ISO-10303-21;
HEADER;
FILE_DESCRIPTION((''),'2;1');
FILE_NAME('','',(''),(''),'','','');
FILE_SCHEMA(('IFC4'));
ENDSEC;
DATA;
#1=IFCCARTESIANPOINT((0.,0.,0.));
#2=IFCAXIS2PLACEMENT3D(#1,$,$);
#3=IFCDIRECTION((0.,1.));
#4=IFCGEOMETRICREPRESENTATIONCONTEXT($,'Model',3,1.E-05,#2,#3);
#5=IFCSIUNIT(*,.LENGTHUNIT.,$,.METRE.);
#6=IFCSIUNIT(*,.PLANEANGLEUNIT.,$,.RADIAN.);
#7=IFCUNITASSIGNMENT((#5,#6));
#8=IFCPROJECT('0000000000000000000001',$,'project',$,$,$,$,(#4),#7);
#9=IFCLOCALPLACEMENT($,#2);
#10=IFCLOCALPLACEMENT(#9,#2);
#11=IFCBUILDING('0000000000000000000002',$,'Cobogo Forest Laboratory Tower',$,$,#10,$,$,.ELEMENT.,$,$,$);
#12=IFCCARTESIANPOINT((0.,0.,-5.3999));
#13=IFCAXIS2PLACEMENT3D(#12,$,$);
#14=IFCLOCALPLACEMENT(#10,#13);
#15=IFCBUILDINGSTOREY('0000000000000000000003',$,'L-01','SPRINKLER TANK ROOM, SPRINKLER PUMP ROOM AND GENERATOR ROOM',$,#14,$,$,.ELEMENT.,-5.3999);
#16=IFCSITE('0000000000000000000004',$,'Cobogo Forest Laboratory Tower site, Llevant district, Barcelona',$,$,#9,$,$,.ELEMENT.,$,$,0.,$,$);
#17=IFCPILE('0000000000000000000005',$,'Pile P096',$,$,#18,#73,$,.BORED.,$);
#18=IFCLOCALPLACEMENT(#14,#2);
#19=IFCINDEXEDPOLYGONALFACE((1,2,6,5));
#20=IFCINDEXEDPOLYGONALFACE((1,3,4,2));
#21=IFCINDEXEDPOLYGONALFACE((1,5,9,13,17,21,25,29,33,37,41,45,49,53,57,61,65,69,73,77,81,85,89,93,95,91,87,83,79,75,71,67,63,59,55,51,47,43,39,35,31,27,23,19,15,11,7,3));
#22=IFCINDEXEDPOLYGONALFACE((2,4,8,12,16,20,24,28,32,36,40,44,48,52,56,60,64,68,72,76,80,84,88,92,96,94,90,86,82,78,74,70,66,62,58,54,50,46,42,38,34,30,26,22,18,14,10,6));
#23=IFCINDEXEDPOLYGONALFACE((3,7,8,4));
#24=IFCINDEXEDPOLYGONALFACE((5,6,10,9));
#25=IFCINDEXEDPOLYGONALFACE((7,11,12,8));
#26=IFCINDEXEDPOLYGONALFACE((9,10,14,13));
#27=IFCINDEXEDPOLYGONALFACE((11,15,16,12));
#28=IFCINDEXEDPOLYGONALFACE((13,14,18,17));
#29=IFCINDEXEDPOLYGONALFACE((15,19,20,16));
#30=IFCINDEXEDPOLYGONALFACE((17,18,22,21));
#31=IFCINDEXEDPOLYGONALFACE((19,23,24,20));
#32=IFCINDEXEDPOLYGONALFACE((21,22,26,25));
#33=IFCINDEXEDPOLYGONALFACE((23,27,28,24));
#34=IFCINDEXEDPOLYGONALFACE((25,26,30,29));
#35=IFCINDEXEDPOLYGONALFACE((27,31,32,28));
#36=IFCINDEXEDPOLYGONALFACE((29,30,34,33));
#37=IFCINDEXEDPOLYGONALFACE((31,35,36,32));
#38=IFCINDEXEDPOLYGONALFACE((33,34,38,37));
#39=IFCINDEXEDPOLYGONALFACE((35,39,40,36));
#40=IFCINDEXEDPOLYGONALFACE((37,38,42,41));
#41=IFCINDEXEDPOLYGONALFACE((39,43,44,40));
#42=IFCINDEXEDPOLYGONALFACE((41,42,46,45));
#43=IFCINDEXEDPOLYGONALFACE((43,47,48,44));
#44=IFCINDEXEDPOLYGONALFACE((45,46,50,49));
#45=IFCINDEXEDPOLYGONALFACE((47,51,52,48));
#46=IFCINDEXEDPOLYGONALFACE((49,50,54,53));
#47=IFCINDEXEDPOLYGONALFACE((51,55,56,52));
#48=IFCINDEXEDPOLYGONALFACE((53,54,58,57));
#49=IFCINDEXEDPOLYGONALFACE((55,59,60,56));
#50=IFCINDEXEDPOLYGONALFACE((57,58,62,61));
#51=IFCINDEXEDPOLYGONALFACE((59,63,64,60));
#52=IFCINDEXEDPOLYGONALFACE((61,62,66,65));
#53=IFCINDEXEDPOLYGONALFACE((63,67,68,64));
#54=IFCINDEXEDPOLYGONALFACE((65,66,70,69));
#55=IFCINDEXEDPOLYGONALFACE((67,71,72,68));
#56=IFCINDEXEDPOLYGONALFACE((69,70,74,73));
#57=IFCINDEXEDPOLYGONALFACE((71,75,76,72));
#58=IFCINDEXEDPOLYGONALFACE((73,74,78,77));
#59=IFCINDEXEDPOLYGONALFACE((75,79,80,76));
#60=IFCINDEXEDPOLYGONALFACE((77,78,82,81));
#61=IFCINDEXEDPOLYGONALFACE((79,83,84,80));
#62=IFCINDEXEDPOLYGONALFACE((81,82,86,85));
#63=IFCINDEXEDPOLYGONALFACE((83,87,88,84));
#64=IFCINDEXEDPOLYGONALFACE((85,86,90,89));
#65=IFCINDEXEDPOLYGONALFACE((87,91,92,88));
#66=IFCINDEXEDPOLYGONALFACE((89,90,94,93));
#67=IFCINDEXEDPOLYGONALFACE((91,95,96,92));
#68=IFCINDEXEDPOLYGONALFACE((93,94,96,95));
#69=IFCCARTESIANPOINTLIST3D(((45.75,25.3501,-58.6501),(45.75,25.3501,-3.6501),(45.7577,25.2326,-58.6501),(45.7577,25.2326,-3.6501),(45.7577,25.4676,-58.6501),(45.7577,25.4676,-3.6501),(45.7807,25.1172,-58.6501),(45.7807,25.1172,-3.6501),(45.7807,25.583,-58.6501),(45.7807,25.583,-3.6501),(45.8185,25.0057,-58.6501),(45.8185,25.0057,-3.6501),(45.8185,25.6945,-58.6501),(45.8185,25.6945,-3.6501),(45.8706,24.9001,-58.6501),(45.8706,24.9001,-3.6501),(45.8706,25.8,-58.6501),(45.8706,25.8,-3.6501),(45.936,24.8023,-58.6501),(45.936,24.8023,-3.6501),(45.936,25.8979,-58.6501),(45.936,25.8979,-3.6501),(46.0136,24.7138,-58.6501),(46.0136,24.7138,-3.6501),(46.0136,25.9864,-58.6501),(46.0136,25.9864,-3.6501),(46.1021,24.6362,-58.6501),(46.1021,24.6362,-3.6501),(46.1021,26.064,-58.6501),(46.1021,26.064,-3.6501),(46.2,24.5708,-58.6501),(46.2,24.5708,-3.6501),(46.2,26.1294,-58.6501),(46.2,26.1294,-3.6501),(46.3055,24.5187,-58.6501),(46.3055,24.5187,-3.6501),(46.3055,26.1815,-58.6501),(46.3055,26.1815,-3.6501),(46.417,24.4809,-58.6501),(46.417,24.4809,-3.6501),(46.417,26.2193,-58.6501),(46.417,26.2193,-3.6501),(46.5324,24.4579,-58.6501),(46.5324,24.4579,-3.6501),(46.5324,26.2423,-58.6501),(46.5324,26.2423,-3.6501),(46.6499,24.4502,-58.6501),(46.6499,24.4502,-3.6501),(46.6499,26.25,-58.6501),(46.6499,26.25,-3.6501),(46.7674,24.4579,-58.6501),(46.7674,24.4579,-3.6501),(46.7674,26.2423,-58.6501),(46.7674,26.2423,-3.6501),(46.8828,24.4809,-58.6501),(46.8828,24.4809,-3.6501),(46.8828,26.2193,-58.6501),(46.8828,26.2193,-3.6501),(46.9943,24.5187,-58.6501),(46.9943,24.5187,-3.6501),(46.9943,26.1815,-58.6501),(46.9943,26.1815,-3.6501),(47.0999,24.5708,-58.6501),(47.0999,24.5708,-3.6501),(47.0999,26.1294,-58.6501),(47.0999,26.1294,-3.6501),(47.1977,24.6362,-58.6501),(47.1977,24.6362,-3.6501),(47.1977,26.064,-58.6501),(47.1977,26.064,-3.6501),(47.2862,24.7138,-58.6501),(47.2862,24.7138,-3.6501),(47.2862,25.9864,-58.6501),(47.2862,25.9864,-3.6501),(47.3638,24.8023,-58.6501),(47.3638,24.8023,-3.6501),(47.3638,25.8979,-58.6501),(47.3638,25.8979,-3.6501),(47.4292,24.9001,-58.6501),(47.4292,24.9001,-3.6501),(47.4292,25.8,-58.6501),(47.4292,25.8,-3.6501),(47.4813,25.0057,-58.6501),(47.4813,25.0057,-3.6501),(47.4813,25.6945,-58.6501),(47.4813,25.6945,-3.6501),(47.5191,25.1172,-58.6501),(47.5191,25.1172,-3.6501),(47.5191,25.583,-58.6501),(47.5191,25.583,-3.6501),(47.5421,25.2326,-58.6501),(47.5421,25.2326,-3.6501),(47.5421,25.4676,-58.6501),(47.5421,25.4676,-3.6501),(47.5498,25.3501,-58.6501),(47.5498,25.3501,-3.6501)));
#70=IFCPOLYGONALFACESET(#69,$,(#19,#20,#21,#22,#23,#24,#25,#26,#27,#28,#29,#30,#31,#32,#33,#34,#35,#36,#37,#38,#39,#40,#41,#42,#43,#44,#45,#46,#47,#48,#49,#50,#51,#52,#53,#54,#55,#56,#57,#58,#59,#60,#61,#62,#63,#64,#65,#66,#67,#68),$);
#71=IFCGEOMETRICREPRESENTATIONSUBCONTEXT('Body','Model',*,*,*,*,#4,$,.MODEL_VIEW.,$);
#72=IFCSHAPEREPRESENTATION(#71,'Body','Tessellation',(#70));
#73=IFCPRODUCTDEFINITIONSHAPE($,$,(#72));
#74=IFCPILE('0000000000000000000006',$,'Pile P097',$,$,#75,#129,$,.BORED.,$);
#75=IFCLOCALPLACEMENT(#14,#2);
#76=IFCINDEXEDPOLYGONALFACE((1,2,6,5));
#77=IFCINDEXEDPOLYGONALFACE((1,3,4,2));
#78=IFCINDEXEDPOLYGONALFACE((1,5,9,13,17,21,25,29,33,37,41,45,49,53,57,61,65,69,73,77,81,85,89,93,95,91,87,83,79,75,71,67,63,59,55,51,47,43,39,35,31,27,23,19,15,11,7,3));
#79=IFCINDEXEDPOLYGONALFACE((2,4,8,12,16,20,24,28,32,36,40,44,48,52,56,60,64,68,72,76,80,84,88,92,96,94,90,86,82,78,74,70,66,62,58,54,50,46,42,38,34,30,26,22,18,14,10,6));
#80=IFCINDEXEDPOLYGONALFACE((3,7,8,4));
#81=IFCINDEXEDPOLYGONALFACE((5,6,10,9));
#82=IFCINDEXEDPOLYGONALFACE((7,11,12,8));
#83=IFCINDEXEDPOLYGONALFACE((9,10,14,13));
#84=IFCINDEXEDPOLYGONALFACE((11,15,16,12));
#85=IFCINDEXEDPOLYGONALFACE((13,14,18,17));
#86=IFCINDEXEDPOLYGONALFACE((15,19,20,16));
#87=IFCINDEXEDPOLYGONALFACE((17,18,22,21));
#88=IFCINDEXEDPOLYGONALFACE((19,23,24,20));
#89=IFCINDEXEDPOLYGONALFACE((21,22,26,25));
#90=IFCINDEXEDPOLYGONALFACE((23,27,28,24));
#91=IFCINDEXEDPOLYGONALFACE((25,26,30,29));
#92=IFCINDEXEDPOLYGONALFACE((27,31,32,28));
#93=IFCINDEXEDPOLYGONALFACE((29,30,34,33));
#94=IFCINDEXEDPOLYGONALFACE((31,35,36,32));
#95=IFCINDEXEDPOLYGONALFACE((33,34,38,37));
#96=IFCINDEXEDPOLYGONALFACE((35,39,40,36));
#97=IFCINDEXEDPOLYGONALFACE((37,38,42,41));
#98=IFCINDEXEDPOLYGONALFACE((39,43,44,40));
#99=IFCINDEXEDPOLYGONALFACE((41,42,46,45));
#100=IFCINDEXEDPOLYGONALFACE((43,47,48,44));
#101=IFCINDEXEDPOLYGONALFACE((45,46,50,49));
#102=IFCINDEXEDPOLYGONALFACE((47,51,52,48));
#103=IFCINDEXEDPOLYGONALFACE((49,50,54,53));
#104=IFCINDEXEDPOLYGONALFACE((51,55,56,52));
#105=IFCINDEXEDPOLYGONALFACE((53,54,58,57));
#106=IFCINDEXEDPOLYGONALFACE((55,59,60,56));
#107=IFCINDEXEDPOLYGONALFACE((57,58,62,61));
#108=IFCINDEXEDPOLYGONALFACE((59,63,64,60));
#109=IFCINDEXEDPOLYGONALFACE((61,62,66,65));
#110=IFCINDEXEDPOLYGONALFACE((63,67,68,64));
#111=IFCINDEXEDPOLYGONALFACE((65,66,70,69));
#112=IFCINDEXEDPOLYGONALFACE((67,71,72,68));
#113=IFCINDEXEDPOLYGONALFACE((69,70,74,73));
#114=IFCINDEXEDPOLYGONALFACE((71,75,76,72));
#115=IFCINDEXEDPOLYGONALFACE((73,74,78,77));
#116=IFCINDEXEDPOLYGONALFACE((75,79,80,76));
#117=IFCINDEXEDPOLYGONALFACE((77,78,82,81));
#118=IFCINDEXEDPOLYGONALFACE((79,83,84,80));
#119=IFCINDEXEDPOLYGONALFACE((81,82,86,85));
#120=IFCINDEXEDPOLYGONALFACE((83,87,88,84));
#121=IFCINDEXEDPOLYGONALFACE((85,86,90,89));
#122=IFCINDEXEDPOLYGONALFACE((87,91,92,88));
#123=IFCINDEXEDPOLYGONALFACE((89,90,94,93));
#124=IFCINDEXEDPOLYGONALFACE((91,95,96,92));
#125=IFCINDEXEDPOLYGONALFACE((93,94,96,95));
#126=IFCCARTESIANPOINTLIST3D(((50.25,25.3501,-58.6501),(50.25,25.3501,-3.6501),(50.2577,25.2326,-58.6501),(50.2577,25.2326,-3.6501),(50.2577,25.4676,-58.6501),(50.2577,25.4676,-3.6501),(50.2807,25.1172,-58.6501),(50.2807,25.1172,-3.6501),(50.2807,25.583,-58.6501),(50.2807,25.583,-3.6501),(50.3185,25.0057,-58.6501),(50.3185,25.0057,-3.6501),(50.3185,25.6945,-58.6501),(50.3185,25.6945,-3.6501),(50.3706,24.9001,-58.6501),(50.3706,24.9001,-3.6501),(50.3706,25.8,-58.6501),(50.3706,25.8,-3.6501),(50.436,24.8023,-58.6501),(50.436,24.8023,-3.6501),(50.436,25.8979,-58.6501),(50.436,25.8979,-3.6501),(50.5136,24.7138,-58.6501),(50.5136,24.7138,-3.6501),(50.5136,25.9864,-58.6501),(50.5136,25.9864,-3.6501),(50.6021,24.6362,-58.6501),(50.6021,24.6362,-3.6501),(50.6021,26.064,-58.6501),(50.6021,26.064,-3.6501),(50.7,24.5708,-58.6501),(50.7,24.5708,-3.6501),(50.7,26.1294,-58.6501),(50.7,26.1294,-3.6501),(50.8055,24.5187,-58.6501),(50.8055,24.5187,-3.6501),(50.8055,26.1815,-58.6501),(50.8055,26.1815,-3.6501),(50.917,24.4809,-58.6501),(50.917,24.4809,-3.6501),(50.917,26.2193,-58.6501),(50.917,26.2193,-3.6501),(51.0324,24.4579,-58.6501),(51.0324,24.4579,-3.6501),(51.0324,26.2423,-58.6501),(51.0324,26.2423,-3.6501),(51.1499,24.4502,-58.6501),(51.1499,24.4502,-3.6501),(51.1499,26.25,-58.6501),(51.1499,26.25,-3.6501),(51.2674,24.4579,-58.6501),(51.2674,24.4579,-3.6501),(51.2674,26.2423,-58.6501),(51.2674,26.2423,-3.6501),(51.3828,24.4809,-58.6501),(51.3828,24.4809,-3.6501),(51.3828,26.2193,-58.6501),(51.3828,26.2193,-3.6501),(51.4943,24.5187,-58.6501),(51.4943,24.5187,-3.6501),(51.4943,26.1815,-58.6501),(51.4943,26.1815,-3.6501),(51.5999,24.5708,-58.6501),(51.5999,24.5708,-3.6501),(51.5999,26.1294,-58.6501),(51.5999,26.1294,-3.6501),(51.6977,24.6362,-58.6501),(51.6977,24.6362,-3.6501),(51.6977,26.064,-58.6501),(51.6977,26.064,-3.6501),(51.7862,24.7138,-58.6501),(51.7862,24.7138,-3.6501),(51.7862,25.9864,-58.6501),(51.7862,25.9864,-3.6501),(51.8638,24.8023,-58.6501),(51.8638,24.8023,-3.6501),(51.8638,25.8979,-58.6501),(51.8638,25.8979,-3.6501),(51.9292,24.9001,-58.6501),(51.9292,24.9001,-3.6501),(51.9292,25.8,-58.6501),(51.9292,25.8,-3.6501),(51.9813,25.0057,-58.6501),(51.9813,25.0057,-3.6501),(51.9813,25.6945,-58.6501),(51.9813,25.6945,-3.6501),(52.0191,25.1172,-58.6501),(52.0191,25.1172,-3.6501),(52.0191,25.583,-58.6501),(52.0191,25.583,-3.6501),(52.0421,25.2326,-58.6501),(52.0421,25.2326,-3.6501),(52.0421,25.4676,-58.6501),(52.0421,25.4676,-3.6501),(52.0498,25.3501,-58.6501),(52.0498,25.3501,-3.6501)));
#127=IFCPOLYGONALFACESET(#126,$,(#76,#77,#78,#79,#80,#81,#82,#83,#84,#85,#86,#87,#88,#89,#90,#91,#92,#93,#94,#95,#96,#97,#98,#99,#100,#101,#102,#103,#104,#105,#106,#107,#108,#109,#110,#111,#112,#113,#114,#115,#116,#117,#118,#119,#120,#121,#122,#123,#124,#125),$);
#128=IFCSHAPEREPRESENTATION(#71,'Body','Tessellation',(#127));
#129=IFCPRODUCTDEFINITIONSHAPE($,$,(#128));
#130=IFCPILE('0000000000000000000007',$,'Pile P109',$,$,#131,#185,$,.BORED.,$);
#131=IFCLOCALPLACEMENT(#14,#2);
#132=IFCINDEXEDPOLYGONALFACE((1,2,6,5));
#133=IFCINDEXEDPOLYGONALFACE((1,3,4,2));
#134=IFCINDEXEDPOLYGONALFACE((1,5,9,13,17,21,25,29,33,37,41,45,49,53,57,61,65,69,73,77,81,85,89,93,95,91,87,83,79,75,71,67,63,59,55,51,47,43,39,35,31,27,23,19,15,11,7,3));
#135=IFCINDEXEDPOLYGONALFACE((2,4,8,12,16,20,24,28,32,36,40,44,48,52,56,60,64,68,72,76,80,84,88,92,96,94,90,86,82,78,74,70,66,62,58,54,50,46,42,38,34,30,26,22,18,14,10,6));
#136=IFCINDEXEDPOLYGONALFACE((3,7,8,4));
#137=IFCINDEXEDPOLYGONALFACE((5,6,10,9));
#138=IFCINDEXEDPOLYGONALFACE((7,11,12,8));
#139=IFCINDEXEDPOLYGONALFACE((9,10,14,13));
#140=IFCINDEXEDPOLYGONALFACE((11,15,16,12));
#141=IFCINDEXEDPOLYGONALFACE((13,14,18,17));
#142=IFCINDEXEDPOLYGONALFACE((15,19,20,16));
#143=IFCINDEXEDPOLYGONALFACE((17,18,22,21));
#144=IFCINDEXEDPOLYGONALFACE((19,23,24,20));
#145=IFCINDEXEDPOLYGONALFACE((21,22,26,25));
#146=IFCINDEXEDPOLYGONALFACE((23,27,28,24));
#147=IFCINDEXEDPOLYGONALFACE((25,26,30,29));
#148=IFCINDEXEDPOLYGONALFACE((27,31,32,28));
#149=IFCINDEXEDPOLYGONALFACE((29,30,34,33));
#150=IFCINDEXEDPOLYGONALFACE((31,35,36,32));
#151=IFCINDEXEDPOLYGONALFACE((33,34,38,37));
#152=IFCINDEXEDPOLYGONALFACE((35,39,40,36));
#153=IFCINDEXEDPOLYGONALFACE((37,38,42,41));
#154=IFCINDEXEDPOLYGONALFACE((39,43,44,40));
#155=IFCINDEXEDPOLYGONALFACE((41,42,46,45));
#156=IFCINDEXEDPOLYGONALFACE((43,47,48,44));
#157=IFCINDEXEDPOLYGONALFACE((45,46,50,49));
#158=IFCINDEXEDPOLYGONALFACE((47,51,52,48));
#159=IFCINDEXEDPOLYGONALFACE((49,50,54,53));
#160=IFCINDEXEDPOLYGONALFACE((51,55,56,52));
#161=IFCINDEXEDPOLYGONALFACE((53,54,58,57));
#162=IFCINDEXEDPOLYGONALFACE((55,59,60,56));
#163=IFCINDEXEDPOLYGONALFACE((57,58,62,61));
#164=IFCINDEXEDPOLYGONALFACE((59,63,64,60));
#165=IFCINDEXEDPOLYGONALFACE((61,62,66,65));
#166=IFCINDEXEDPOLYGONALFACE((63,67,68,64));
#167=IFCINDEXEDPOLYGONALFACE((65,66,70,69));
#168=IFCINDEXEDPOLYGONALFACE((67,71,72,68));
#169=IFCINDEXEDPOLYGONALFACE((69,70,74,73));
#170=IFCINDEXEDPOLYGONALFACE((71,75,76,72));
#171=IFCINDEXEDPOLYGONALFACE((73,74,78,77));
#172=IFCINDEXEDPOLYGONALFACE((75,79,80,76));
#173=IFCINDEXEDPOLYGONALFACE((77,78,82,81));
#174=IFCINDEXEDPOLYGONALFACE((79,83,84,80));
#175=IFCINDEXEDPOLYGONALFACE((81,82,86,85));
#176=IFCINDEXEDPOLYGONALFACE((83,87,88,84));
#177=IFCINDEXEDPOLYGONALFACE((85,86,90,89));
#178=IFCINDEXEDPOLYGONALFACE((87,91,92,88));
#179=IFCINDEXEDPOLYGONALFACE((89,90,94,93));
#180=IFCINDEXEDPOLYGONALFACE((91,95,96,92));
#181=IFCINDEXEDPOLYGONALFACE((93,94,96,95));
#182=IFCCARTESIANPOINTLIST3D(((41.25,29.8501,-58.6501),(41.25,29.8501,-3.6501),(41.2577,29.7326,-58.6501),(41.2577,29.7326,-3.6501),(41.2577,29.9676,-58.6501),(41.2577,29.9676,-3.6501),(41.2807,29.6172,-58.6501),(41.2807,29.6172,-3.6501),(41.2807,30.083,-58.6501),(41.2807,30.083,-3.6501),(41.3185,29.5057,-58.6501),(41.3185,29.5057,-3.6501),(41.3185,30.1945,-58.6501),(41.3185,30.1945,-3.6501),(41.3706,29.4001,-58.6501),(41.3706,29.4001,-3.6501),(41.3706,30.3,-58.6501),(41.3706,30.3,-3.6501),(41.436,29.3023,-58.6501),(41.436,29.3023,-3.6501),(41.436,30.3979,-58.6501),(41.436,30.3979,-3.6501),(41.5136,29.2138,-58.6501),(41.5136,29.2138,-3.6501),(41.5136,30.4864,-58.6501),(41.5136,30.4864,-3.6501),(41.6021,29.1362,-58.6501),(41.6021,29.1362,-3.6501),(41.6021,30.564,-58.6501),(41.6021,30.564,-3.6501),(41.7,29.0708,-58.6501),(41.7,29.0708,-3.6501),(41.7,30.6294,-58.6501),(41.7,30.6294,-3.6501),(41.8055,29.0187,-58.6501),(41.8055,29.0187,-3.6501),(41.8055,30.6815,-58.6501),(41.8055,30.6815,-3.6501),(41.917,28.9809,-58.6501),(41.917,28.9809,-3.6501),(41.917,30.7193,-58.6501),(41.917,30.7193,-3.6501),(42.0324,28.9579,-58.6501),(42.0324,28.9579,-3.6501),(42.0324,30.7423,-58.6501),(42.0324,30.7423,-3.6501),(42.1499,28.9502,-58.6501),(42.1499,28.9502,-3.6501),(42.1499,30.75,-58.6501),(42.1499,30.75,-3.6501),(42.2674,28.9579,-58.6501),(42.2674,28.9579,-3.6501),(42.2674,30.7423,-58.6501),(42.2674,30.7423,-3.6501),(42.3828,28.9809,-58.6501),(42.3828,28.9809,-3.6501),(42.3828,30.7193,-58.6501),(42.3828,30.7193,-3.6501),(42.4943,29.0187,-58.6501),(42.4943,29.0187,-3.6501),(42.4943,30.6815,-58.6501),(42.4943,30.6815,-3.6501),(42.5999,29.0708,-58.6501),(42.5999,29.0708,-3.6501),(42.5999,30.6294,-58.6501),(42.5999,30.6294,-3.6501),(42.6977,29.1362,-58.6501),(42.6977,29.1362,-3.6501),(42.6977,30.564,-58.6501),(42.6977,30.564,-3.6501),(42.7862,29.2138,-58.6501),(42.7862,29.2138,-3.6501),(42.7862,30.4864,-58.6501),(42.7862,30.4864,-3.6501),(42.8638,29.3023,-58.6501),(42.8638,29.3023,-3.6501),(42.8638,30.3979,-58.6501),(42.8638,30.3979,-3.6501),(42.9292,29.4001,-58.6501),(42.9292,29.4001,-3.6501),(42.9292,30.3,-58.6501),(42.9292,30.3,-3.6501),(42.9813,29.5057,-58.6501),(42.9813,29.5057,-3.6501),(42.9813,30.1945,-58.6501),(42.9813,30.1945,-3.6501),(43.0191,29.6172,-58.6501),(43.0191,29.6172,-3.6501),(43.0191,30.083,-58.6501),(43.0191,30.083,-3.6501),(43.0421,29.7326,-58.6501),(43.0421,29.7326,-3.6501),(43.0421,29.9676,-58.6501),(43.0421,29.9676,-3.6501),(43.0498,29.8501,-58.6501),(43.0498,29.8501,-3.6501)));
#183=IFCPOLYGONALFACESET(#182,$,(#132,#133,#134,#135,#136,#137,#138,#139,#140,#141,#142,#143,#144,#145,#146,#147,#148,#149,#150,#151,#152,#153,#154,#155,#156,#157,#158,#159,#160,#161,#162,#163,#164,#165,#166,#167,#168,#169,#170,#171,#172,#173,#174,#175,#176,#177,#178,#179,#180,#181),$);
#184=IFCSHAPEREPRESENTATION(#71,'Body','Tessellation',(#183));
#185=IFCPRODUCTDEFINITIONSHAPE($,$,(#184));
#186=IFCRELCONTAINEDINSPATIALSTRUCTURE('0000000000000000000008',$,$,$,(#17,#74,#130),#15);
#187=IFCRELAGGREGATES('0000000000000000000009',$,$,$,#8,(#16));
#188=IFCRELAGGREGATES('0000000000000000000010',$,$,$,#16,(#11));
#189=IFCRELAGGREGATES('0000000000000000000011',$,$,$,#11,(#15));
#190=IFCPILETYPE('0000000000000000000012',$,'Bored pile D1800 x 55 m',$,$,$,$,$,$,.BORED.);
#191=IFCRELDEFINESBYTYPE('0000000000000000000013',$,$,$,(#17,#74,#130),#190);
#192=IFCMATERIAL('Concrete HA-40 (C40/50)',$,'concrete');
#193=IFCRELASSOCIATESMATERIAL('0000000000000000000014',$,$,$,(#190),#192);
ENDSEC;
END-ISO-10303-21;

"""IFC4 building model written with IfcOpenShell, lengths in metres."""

from ifc_helpers import new_model, si_unit, direction, frame, origin, origin_2d, place, context, subcontext, project, spatial, circle, extrude, material, material_profile, profile_set, type_object, element, save


model = new_model("IFC4")

# Units and contexts
model_context = context("Model", 3, precision=1e-05, world=origin(), true_north=direction((0.0, 1.0)))
body_context = subcontext(model_context, "Body", "Model", "MODEL_VIEW")
ifc_project = project(units=[si_unit("LENGTHUNIT", "METRE"), si_unit("PLANEANGLEUNIT", "RADIAN")], contexts=[model_context])

# Site, building, storey
site_placement = place(None, origin())
site = spatial("IfcSite", under=ifc_project, at=site_placement, Name="Cobogo Forest Laboratory Tower site, Llevant district, Barcelona", CompositionType="ELEMENT", RefElevation=0.0)
building_placement = place(site_placement, origin())
building = spatial("IfcBuilding", under=site, at=building_placement, Name="Cobogo Forest Laboratory Tower", CompositionType="ELEMENT")
storey_placement = place(building_placement, frame((0.0, 0.0, -5.3999)))
storey = spatial("IfcBuildingStorey", under=building, at=storey_placement, Name="L-01", Description="SPRINKLER TANK ROOM, SPRINKLER PUMP ROOM AND GENERATOR ROOM", CompositionType="ELEMENT", Elevation=-5.3999)

# Piles
ifc_material_1 = material(Name="Concrete HA-40 (C40/50)", Category="concrete")
ifc_material_profile_1 = material_profile(ifc_material_1, circle(Radius=0.8999, at=origin_2d()), Name="PILE D1800")
ifc_profile_set_1 = profile_set([ifc_material_profile_1], Name="Concrete HA-40 (C40/50)")
pile_type_1 = type_object("IfcPileType", Name="Bored pile D1800 x 55 m", PredefinedType="BORED", material=ifc_profile_set_1)
for number, where, z_axis, x_axis, name in (
    (1, (46.6499, 25.3501, -3.6501), (0.0, 0.0, -1.0), (1.0, 0.0, 0.0), "Pile P096"),
    (2, (51.1499, 25.3501, -3.6501), (0.0, 0.0, -1.0), (1.0, 0.0, 0.0), "Pile P097"),
    (3, (42.1499, 29.8501, -3.6501), (0.0, 0.0, -1.0), (1.0, 0.0, 0.0), "Pile P109"),
):
    element("IfcPile", number, at=place(storey_placement, frame(where, z_axis=z_axis, x_axis=x_axis)), inside=storey, type_object=pile_type_1, Name=name, PredefinedType="BORED", context=body_context, shape_type="SweptSolid", body=[
        extrude(circle(Radius=0.8999, at=origin_2d()), origin(), (0.0, 0.0, 1.0), 55.0),
    ])

save(model, "model.ifc")
